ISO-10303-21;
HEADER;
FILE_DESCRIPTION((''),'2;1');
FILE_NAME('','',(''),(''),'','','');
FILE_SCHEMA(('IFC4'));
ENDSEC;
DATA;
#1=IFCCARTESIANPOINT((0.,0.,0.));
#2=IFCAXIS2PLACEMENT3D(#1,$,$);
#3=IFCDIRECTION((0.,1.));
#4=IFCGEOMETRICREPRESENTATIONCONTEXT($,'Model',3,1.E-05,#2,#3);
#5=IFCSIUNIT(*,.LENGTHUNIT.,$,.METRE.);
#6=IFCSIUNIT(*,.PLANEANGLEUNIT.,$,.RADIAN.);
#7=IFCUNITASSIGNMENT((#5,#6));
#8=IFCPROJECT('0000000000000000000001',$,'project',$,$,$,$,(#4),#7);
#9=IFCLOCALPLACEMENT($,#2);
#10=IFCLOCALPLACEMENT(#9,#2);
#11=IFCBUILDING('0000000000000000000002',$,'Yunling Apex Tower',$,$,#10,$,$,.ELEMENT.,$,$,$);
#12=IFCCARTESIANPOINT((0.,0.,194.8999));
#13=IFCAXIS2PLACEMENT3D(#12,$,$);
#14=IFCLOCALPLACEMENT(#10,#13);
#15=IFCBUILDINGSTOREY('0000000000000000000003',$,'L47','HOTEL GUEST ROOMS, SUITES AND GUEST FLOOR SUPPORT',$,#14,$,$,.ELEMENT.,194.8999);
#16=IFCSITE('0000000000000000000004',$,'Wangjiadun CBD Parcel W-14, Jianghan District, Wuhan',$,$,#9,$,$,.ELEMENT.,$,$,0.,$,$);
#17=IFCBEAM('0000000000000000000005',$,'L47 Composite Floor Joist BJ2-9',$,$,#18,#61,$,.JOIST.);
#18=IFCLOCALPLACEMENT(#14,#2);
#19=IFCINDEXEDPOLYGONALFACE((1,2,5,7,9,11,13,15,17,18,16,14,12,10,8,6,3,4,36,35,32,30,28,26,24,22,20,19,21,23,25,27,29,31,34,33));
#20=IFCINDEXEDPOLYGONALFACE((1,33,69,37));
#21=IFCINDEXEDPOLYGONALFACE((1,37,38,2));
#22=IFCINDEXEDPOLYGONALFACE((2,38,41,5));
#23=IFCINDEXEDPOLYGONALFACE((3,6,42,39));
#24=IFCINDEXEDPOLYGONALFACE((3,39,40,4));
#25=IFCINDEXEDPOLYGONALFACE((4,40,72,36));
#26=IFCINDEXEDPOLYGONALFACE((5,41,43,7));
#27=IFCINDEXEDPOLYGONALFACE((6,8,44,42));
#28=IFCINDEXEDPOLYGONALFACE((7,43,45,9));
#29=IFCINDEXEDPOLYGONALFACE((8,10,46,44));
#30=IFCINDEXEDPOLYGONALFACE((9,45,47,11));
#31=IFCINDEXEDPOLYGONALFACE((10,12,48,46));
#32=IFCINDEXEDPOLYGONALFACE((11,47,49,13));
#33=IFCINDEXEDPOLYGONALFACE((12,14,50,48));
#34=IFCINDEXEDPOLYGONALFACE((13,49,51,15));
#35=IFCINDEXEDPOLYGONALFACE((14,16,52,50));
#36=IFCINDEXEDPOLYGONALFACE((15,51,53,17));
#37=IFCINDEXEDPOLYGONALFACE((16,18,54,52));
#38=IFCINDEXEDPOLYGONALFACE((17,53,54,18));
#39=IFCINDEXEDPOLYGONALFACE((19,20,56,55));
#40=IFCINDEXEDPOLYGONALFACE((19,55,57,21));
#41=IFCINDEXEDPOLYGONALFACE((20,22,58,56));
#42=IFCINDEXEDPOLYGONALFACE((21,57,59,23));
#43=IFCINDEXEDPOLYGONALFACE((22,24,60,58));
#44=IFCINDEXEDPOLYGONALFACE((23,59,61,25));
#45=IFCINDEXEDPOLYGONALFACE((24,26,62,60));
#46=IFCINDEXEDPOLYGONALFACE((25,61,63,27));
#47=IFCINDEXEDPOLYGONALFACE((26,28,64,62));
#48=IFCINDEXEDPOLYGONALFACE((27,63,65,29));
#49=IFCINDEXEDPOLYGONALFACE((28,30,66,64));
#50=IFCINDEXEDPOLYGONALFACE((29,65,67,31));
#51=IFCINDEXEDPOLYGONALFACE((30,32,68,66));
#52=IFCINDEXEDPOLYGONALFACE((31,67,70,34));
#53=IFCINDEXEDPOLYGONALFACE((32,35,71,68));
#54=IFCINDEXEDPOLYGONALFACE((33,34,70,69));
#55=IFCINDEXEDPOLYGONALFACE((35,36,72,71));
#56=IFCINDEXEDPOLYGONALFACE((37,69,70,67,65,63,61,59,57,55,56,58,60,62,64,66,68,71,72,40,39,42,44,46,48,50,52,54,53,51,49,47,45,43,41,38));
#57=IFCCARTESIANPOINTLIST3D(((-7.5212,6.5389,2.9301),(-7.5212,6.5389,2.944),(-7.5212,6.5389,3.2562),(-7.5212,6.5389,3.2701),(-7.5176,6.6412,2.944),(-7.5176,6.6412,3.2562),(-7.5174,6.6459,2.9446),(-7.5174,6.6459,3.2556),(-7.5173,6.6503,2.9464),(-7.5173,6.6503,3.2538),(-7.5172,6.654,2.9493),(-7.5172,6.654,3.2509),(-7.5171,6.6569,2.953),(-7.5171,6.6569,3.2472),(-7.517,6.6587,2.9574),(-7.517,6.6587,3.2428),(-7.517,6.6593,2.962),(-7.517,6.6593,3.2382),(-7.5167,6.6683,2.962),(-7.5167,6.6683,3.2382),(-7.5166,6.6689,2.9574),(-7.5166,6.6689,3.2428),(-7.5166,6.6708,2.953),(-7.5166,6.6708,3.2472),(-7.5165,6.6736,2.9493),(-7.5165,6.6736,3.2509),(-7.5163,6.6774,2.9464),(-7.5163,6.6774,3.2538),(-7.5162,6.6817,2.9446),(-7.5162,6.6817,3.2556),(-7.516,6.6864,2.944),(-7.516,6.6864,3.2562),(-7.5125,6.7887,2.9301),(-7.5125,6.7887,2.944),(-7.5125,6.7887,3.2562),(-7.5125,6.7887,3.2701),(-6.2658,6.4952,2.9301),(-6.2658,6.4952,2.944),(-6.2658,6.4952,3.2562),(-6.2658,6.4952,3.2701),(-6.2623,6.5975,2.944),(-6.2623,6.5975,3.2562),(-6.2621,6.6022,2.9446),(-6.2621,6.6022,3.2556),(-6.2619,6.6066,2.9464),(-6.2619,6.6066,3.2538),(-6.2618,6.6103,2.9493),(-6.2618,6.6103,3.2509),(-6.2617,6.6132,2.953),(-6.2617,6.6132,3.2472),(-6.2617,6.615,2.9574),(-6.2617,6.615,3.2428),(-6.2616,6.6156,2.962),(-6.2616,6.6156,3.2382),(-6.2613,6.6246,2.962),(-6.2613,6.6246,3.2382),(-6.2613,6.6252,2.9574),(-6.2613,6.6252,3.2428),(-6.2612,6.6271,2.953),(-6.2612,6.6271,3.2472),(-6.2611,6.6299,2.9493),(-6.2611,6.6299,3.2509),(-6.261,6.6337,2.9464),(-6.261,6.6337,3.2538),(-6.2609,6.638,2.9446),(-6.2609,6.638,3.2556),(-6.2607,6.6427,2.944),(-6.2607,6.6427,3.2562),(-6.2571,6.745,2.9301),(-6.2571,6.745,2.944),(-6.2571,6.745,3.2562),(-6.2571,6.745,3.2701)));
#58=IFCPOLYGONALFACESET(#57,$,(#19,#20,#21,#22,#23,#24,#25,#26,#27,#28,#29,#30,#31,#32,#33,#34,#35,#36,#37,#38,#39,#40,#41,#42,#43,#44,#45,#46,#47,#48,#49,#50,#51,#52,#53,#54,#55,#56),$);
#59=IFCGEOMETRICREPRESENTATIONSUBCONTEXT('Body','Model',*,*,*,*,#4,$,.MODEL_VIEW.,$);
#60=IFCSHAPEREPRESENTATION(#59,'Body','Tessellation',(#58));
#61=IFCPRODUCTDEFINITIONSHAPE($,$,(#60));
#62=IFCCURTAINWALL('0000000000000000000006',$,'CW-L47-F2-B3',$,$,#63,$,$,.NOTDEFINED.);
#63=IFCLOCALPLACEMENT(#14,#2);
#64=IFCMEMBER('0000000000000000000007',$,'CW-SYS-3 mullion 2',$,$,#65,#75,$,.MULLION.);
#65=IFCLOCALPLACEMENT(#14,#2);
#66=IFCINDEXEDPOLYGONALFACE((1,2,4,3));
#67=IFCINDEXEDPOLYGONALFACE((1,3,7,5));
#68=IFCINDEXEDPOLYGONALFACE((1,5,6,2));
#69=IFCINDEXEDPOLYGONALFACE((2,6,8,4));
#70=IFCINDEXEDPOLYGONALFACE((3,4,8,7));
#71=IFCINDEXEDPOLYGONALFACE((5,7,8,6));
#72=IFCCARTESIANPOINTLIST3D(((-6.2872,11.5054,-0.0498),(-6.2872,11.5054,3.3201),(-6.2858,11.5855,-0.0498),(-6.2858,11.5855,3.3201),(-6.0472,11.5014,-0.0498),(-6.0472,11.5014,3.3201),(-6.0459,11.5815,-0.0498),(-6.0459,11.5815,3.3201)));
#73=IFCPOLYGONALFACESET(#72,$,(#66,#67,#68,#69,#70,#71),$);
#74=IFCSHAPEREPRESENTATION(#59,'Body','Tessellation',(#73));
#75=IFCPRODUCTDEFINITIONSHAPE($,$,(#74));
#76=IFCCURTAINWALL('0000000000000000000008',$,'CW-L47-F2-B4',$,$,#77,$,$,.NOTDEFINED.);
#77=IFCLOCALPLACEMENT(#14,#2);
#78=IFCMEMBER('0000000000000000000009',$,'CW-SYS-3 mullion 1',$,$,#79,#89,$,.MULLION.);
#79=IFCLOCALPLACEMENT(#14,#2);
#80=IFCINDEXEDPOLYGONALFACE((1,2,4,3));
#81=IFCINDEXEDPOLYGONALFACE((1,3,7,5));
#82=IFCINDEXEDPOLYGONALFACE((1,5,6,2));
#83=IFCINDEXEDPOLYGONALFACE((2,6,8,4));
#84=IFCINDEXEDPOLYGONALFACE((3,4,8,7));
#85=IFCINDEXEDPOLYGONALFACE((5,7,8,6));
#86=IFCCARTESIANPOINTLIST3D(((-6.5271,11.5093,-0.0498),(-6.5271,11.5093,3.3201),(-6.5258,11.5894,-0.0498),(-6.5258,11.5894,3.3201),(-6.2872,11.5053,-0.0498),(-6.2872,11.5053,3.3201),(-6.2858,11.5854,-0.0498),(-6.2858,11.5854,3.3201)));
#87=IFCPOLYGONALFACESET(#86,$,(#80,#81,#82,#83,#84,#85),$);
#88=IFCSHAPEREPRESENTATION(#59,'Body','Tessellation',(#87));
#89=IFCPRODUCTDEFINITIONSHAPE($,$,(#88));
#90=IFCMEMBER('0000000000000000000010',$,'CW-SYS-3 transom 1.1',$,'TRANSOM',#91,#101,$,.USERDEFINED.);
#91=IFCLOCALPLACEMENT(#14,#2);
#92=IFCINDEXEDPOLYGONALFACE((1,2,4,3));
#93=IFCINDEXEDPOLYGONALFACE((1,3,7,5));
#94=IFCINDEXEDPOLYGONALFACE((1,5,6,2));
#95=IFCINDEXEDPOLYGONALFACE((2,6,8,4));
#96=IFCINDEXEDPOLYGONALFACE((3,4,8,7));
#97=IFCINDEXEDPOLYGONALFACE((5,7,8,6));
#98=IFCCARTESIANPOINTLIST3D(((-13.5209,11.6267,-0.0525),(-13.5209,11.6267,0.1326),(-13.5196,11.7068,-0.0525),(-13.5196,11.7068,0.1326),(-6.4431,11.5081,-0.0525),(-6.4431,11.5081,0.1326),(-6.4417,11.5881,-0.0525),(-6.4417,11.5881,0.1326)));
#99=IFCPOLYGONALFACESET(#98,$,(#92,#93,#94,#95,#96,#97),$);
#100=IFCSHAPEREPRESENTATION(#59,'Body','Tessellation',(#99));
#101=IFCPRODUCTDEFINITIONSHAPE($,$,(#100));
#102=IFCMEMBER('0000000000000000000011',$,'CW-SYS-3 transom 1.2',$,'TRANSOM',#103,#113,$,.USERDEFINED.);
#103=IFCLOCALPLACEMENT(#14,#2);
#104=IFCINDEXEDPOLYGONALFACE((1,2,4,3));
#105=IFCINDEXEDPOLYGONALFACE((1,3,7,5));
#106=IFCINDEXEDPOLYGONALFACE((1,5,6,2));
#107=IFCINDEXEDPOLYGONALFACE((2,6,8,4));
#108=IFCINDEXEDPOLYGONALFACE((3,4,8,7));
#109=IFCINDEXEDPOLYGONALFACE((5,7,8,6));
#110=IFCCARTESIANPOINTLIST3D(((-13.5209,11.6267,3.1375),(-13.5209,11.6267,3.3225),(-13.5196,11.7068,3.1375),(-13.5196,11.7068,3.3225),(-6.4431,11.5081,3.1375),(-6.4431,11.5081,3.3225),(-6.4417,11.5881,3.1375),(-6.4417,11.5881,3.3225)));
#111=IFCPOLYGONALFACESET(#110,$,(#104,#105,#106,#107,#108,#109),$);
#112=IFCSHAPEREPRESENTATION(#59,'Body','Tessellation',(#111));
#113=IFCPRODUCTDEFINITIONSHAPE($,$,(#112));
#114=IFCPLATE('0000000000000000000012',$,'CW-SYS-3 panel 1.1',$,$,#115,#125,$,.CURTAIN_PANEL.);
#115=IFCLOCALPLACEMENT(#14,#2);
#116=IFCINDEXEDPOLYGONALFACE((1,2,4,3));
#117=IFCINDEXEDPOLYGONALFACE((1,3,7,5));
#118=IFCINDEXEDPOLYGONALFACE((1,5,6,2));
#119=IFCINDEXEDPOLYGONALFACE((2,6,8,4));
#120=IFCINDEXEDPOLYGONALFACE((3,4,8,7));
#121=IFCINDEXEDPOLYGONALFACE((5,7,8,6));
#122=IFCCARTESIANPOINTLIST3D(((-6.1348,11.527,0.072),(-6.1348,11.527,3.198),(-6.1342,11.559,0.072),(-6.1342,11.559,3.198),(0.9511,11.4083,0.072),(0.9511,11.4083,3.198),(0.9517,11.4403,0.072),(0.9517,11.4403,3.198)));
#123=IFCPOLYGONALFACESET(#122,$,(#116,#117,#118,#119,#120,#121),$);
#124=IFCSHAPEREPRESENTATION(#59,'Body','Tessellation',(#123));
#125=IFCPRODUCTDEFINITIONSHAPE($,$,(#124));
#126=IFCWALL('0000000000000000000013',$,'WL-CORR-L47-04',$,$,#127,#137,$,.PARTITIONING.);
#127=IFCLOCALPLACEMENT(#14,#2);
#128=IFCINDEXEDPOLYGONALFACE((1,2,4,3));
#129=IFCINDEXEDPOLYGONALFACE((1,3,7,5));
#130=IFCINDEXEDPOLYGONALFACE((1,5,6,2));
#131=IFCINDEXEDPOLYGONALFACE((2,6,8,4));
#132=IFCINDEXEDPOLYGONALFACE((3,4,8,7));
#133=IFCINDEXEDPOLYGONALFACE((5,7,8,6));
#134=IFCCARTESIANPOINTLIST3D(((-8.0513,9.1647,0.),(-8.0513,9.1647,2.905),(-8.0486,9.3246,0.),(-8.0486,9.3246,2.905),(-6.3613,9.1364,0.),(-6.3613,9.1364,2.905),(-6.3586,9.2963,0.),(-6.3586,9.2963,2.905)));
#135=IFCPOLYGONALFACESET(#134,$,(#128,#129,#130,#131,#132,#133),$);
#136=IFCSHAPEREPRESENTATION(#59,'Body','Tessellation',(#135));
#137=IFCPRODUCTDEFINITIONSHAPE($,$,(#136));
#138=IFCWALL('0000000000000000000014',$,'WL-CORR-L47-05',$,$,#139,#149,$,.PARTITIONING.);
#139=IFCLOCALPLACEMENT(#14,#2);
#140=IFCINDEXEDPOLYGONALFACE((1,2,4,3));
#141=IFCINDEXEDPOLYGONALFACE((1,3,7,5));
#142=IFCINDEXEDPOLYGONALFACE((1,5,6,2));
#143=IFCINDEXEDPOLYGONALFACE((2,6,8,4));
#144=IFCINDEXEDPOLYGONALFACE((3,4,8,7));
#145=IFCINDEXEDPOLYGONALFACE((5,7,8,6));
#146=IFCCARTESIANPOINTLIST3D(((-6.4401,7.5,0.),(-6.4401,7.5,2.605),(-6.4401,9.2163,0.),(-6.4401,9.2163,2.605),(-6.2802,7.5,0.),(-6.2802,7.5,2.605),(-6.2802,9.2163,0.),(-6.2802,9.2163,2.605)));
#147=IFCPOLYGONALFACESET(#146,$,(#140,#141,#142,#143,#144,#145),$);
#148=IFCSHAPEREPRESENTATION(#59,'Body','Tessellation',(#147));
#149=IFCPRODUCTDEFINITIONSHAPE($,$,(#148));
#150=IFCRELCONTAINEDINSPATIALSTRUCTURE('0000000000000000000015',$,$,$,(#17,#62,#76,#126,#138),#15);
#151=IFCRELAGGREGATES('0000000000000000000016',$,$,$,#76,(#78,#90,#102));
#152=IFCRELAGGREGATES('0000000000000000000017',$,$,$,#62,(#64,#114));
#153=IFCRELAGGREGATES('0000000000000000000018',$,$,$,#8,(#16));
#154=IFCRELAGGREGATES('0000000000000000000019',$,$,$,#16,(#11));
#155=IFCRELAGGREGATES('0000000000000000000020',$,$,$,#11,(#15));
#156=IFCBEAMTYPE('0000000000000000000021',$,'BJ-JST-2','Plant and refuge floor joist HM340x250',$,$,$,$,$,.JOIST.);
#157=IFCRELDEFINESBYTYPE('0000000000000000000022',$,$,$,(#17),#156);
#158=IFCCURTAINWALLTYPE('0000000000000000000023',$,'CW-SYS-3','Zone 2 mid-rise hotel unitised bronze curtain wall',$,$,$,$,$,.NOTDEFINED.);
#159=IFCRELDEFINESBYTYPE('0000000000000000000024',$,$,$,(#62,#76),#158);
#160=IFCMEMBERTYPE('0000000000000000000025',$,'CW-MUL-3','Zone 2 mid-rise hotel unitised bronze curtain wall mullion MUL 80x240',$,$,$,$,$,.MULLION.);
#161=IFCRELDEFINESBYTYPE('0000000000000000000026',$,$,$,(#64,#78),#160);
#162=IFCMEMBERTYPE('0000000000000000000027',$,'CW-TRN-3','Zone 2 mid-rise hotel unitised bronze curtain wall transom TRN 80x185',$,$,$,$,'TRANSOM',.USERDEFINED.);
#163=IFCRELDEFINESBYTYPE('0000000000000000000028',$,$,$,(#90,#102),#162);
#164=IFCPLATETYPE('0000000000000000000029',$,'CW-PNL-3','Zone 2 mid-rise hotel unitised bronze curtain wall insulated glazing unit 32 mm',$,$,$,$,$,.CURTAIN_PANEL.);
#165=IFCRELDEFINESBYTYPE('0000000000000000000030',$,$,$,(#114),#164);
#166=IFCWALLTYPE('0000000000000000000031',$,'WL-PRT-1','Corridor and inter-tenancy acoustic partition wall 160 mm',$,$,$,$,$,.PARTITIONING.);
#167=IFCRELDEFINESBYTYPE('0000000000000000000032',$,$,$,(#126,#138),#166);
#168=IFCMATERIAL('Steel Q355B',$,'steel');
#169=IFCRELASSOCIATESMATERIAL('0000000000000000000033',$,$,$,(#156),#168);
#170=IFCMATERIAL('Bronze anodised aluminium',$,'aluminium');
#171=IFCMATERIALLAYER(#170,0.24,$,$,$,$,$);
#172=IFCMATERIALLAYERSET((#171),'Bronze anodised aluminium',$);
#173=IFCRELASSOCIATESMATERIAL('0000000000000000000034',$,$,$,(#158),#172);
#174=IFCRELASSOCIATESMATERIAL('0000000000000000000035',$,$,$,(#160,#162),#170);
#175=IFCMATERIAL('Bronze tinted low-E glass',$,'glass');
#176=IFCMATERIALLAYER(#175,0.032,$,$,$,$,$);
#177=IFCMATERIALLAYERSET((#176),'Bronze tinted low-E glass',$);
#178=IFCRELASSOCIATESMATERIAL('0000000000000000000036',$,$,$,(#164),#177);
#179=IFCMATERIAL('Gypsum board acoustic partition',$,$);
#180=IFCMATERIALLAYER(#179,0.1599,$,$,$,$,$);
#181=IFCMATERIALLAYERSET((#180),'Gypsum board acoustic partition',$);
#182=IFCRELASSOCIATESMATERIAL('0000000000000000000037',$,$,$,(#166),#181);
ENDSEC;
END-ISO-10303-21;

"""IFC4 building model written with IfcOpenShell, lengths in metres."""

from ifc_helpers import new_model, si_unit, direction, frame, frame_2d, origin, origin_2d, place, context, subcontext, project, spatial, rectangle, i_section, extrude, source, transform, mapped, material, layer, layer_set, material_profile, profile_set, type_object, element, aggregate, save


model = new_model("IFC4")

# Units and contexts
model_context = context("Model", 3, precision=1e-05, world=origin(), true_north=direction((0.0, 1.0)))
body_context = subcontext(model_context, "Body", "Model", "MODEL_VIEW")
ifc_project = project(units=[si_unit("LENGTHUNIT", "METRE"), si_unit("PLANEANGLEUNIT", "RADIAN")], contexts=[model_context])

# Site, building, storey
site_placement = place(None, origin())
site = spatial("IfcSite", under=ifc_project, at=site_placement, Name="Wangjiadun CBD Parcel W-14, Jianghan District, Wuhan", CompositionType="ELEMENT", RefElevation=0.0)
building_placement = place(site_placement, origin())
building = spatial("IfcBuilding", under=site, at=building_placement, Name="Yunling Apex Tower", CompositionType="ELEMENT")
storey_placement = place(building_placement, frame((0.0, 0.0, 194.8999)))
storey = spatial("IfcBuildingStorey", under=building, at=storey_placement, Name="L47", Description="HOTEL GUEST ROOMS, SUITES AND GUEST FLOOR SUPPORT", CompositionType="ELEMENT", Elevation=194.8999)

# Beam
ifc_material_1 = material(Name="Steel Q355B", Category="steel")
ifc_material_profile_1 = material_profile(ifc_material_1, i_section(OverallWidth=0.25, OverallDepth=0.3401, WebThickness=0.009, FlangeThickness=0.0139, FilletRadius=0.0181, at=origin_2d()))
ifc_profile_set_1 = profile_set([ifc_material_profile_1], Name="Steel Q355B")
beam_type_1 = type_object("IfcBeamType", Name="BJ-JST-2", Description="Plant and refuge floor joist HM340x250", PredefinedType="JOIST", material=ifc_profile_set_1)
shared_shape_1 = source(origin(), body_context, "Body", "SweptSolid", [
    extrude(i_section(OverallWidth=0.25, OverallDepth=0.3401, WebThickness=0.009, FlangeThickness=0.0139, FilletRadius=0.0181, at=origin_2d()), origin(), (0.0, 0.0, 1.0), 1.2561),
])
beam_1_placement = place(storey_placement, frame((-6.2615, 6.6201, 3.1001), z_axis=(-0.999395, 0.03479, 0.0), x_axis=(-0.03479, -0.999395, 0.0)))
element("IfcBeam", 1, at=beam_1_placement, inside=storey, type_object=beam_type_1, Name="L47 Composite Floor Joist BJ2-9", PredefinedType="JOIST", context=body_context, shape_type="MappedRepresentation", body=[
    mapped(shared_shape_1, transform((0.0, 0.0, 0.0), scale=1.0)),
])

# Curtain wall, member
ifc_material_2 = material(Name="Bronze anodised aluminium", Category="aluminium")
ifc_layer_1 = layer(ifc_material_2, 0.24)
ifc_layer_set_1 = layer_set([ifc_layer_1], Name="Bronze anodised aluminium")
curtain_wall_type = type_object("IfcCurtainWallType", Name="CW-SYS-3", Description="Zone 2 mid-rise hotel unitised bronze curtain wall", PredefinedType="NOTDEFINED", material=ifc_layer_set_1)
curtain_wall_1_placement = place(storey_placement, origin())
curtain_wall_1 = element("IfcCurtainWall", 2, at=curtain_wall_1_placement, inside=storey, type_object=curtain_wall_type, Name="CW-L47-F2-B3", PredefinedType="NOTDEFINED")
ifc_material_profile_2 = material_profile(ifc_material_2, rectangle(XDim=0.0801, YDim=0.24, at=origin_2d()))
ifc_profile_set_2 = profile_set([ifc_material_profile_2], Name="Bronze anodised aluminium")
member_type_1 = type_object("IfcMemberType", Name="CW-MUL-3", Description="Zone 2 mid-rise hotel unitised bronze curtain wall mullion MUL 80x240", PredefinedType="MULLION", material=ifc_profile_set_2)
shared_shape_2 = source(origin(), body_context, "Body", "SweptSolid", [
    extrude(rectangle(XDim=0.0801, YDim=0.24, at=origin_2d()), origin(), (0.0, 0.0, 1.0), 3.3699),
])
member_1_placement = place(storey_placement, frame((-6.1665, 11.5435, -0.0498), z_axis=(0.0, 0.0, 1.0), x_axis=(-0.016747, -0.99986, 0.0)))
member_1 = element("IfcMember", 3, at=member_1_placement, type_object=member_type_1, Name="CW-SYS-3 mullion 2", PredefinedType="MULLION", context=body_context, shape_type="MappedRepresentation", body=[
    mapped(shared_shape_2, transform((0.0, 0.0, 0.0), scale=1.0)),
])

# Curtain wall, members
curtain_wall_2_placement = place(storey_placement, origin())
curtain_wall_2 = element("IfcCurtainWall", 4, at=curtain_wall_2_placement, inside=storey, type_object=curtain_wall_type, Name="CW-L47-F2-B4", PredefinedType="NOTDEFINED")
member_2_placement = place(storey_placement, frame((-6.4065, 11.5474, -0.0498), z_axis=(0.0, 0.0, 1.0), x_axis=(-0.016761, -0.99986, 0.0)))
member_2 = element("IfcMember", 5, at=member_2_placement, type_object=member_type_1, Name="CW-SYS-3 mullion 1", PredefinedType="MULLION", context=body_context, shape_type="MappedRepresentation", body=[
    mapped(shared_shape_2, transform((0.0, 0.0, 0.0), scale=1.0)),
])
ifc_material_profile_3 = material_profile(ifc_material_2, rectangle(XDim=0.0801, YDim=0.1851, at=origin_2d()))
ifc_profile_set_3 = profile_set([ifc_material_profile_3], Name="Bronze anodised aluminium")
member_type_2 = type_object("IfcMemberType", Name="CW-TRN-3", Description="Zone 2 mid-rise hotel unitised bronze curtain wall transom TRN 80x185", ElementType="TRANSOM", PredefinedType="USERDEFINED", material=ifc_profile_set_3)
shared_shape_3 = source(origin(), body_context, "Body", "SweptSolid", [
    extrude(rectangle(XDim=0.0801, YDim=0.1851, at=origin_2d()), origin(), (0.0, 0.0, 1.0), 7.0789),
])
member_3_placement = place(storey_placement, frame((-6.4424, 11.5481, 0.04), z_axis=(-0.99986, 0.016761, 0.0), x_axis=(-0.016761, -0.99986, 0.0)))
member_3 = element("IfcMember", 6, at=member_3_placement, type_object=member_type_2, Name="CW-SYS-3 transom 1.1", ObjectType="TRANSOM", PredefinedType="USERDEFINED", context=body_context, shape_type="MappedRepresentation", body=[
    mapped(shared_shape_3, transform((0.0, 0.0, 0.0), scale=1.0)),
])
member_4_placement = place(storey_placement, frame((-6.4424, 11.5481, 3.23), z_axis=(-0.99986, 0.016761, 0.0), x_axis=(-0.016761, -0.99986, 0.0)))
member_4 = element("IfcMember", 7, at=member_4_placement, type_object=member_type_2, Name="CW-SYS-3 transom 1.2", ObjectType="TRANSOM", PredefinedType="USERDEFINED", context=body_context, shape_type="MappedRepresentation", body=[
    mapped(shared_shape_3, transform((0.0, 0.0, 0.0), scale=1.0)),
])
aggregate(curtain_wall_2, [member_2, member_3, member_4])

# Plate
ifc_material_3 = material(Name="Bronze tinted low-E glass", Category="glass")
ifc_layer_2 = layer(ifc_material_3, 0.032)
ifc_layer_set_2 = layer_set([ifc_layer_2], Name="Bronze tinted low-E glass")
plate_type = type_object("IfcPlateType", Name="CW-PNL-3", Description="Zone 2 mid-rise hotel unitised bronze curtain wall insulated glazing unit 32 mm", PredefinedType="CURTAIN_PANEL", material=ifc_layer_set_2)
shared_shape_4 = source(origin(), body_context, "Body", "SweptSolid", [
    extrude(rectangle(XDim=7.0869, YDim=0.032, at=origin_2d()), origin(), (0.0, 0.0, 1.0), 3.126),
])
plate_placement = place(storey_placement, frame((-2.5916, 11.4836, 0.072), z_axis=(0.0, 0.0, 1.0), x_axis=(-0.99986, 0.016747, 0.0)))
plate = element("IfcPlate", 8, at=plate_placement, type_object=plate_type, Name="CW-SYS-3 panel 1.1", PredefinedType="CURTAIN_PANEL", context=body_context, shape_type="MappedRepresentation", body=[
    mapped(shared_shape_4, transform((0.0, 0.0, 0.0), scale=1.0)),
])
aggregate(curtain_wall_1, [member_1, plate])

# Walls
ifc_material_4 = material(Name="Gypsum board acoustic partition")
ifc_layer_3 = layer(ifc_material_4, 0.1599)
ifc_layer_set_3 = layer_set([ifc_layer_3], Name="Gypsum board acoustic partition")
wall_type_1 = type_object("IfcWallType", Name="WL-PRT-1", Description="Corridor and inter-tenancy acoustic partition wall 160 mm", PredefinedType="PARTITIONING", material=ifc_layer_set_3)
wall_1_placement = place(storey_placement, frame((-8.05, 9.2446, 0.0), z_axis=(0.0, 0.0, 1.0), x_axis=(0.99986, -0.016756, 0.0)))
element("IfcWall", 9, at=wall_1_placement, inside=storey, type_object=wall_type_1, Name="WL-CORR-L47-04", PredefinedType="PARTITIONING", context=body_context, shape_type="SweptSolid", body=[
    extrude(rectangle(XDim=1.6902, YDim=0.1599, at=frame_2d((0.8452, 0.0))), origin(), (0.0, 0.0, 1.0), 2.905),
])
wall_2_placement = place(storey_placement, frame((-6.3601, 9.2163, 0.0), z_axis=(0.0, 0.0, 1.0), x_axis=(0.0, -1.0, 0.0)))
element("IfcWall", 10, at=wall_2_placement, inside=storey, type_object=wall_type_1, Name="WL-CORR-L47-05", PredefinedType="PARTITIONING", context=body_context, shape_type="SweptSolid", body=[
    extrude(rectangle(XDim=1.7163, YDim=0.1599, at=frame_2d((0.8582, 0.0))), origin(), (0.0, 0.0, 1.0), 2.605),
])

save(model, "model.ifc")
